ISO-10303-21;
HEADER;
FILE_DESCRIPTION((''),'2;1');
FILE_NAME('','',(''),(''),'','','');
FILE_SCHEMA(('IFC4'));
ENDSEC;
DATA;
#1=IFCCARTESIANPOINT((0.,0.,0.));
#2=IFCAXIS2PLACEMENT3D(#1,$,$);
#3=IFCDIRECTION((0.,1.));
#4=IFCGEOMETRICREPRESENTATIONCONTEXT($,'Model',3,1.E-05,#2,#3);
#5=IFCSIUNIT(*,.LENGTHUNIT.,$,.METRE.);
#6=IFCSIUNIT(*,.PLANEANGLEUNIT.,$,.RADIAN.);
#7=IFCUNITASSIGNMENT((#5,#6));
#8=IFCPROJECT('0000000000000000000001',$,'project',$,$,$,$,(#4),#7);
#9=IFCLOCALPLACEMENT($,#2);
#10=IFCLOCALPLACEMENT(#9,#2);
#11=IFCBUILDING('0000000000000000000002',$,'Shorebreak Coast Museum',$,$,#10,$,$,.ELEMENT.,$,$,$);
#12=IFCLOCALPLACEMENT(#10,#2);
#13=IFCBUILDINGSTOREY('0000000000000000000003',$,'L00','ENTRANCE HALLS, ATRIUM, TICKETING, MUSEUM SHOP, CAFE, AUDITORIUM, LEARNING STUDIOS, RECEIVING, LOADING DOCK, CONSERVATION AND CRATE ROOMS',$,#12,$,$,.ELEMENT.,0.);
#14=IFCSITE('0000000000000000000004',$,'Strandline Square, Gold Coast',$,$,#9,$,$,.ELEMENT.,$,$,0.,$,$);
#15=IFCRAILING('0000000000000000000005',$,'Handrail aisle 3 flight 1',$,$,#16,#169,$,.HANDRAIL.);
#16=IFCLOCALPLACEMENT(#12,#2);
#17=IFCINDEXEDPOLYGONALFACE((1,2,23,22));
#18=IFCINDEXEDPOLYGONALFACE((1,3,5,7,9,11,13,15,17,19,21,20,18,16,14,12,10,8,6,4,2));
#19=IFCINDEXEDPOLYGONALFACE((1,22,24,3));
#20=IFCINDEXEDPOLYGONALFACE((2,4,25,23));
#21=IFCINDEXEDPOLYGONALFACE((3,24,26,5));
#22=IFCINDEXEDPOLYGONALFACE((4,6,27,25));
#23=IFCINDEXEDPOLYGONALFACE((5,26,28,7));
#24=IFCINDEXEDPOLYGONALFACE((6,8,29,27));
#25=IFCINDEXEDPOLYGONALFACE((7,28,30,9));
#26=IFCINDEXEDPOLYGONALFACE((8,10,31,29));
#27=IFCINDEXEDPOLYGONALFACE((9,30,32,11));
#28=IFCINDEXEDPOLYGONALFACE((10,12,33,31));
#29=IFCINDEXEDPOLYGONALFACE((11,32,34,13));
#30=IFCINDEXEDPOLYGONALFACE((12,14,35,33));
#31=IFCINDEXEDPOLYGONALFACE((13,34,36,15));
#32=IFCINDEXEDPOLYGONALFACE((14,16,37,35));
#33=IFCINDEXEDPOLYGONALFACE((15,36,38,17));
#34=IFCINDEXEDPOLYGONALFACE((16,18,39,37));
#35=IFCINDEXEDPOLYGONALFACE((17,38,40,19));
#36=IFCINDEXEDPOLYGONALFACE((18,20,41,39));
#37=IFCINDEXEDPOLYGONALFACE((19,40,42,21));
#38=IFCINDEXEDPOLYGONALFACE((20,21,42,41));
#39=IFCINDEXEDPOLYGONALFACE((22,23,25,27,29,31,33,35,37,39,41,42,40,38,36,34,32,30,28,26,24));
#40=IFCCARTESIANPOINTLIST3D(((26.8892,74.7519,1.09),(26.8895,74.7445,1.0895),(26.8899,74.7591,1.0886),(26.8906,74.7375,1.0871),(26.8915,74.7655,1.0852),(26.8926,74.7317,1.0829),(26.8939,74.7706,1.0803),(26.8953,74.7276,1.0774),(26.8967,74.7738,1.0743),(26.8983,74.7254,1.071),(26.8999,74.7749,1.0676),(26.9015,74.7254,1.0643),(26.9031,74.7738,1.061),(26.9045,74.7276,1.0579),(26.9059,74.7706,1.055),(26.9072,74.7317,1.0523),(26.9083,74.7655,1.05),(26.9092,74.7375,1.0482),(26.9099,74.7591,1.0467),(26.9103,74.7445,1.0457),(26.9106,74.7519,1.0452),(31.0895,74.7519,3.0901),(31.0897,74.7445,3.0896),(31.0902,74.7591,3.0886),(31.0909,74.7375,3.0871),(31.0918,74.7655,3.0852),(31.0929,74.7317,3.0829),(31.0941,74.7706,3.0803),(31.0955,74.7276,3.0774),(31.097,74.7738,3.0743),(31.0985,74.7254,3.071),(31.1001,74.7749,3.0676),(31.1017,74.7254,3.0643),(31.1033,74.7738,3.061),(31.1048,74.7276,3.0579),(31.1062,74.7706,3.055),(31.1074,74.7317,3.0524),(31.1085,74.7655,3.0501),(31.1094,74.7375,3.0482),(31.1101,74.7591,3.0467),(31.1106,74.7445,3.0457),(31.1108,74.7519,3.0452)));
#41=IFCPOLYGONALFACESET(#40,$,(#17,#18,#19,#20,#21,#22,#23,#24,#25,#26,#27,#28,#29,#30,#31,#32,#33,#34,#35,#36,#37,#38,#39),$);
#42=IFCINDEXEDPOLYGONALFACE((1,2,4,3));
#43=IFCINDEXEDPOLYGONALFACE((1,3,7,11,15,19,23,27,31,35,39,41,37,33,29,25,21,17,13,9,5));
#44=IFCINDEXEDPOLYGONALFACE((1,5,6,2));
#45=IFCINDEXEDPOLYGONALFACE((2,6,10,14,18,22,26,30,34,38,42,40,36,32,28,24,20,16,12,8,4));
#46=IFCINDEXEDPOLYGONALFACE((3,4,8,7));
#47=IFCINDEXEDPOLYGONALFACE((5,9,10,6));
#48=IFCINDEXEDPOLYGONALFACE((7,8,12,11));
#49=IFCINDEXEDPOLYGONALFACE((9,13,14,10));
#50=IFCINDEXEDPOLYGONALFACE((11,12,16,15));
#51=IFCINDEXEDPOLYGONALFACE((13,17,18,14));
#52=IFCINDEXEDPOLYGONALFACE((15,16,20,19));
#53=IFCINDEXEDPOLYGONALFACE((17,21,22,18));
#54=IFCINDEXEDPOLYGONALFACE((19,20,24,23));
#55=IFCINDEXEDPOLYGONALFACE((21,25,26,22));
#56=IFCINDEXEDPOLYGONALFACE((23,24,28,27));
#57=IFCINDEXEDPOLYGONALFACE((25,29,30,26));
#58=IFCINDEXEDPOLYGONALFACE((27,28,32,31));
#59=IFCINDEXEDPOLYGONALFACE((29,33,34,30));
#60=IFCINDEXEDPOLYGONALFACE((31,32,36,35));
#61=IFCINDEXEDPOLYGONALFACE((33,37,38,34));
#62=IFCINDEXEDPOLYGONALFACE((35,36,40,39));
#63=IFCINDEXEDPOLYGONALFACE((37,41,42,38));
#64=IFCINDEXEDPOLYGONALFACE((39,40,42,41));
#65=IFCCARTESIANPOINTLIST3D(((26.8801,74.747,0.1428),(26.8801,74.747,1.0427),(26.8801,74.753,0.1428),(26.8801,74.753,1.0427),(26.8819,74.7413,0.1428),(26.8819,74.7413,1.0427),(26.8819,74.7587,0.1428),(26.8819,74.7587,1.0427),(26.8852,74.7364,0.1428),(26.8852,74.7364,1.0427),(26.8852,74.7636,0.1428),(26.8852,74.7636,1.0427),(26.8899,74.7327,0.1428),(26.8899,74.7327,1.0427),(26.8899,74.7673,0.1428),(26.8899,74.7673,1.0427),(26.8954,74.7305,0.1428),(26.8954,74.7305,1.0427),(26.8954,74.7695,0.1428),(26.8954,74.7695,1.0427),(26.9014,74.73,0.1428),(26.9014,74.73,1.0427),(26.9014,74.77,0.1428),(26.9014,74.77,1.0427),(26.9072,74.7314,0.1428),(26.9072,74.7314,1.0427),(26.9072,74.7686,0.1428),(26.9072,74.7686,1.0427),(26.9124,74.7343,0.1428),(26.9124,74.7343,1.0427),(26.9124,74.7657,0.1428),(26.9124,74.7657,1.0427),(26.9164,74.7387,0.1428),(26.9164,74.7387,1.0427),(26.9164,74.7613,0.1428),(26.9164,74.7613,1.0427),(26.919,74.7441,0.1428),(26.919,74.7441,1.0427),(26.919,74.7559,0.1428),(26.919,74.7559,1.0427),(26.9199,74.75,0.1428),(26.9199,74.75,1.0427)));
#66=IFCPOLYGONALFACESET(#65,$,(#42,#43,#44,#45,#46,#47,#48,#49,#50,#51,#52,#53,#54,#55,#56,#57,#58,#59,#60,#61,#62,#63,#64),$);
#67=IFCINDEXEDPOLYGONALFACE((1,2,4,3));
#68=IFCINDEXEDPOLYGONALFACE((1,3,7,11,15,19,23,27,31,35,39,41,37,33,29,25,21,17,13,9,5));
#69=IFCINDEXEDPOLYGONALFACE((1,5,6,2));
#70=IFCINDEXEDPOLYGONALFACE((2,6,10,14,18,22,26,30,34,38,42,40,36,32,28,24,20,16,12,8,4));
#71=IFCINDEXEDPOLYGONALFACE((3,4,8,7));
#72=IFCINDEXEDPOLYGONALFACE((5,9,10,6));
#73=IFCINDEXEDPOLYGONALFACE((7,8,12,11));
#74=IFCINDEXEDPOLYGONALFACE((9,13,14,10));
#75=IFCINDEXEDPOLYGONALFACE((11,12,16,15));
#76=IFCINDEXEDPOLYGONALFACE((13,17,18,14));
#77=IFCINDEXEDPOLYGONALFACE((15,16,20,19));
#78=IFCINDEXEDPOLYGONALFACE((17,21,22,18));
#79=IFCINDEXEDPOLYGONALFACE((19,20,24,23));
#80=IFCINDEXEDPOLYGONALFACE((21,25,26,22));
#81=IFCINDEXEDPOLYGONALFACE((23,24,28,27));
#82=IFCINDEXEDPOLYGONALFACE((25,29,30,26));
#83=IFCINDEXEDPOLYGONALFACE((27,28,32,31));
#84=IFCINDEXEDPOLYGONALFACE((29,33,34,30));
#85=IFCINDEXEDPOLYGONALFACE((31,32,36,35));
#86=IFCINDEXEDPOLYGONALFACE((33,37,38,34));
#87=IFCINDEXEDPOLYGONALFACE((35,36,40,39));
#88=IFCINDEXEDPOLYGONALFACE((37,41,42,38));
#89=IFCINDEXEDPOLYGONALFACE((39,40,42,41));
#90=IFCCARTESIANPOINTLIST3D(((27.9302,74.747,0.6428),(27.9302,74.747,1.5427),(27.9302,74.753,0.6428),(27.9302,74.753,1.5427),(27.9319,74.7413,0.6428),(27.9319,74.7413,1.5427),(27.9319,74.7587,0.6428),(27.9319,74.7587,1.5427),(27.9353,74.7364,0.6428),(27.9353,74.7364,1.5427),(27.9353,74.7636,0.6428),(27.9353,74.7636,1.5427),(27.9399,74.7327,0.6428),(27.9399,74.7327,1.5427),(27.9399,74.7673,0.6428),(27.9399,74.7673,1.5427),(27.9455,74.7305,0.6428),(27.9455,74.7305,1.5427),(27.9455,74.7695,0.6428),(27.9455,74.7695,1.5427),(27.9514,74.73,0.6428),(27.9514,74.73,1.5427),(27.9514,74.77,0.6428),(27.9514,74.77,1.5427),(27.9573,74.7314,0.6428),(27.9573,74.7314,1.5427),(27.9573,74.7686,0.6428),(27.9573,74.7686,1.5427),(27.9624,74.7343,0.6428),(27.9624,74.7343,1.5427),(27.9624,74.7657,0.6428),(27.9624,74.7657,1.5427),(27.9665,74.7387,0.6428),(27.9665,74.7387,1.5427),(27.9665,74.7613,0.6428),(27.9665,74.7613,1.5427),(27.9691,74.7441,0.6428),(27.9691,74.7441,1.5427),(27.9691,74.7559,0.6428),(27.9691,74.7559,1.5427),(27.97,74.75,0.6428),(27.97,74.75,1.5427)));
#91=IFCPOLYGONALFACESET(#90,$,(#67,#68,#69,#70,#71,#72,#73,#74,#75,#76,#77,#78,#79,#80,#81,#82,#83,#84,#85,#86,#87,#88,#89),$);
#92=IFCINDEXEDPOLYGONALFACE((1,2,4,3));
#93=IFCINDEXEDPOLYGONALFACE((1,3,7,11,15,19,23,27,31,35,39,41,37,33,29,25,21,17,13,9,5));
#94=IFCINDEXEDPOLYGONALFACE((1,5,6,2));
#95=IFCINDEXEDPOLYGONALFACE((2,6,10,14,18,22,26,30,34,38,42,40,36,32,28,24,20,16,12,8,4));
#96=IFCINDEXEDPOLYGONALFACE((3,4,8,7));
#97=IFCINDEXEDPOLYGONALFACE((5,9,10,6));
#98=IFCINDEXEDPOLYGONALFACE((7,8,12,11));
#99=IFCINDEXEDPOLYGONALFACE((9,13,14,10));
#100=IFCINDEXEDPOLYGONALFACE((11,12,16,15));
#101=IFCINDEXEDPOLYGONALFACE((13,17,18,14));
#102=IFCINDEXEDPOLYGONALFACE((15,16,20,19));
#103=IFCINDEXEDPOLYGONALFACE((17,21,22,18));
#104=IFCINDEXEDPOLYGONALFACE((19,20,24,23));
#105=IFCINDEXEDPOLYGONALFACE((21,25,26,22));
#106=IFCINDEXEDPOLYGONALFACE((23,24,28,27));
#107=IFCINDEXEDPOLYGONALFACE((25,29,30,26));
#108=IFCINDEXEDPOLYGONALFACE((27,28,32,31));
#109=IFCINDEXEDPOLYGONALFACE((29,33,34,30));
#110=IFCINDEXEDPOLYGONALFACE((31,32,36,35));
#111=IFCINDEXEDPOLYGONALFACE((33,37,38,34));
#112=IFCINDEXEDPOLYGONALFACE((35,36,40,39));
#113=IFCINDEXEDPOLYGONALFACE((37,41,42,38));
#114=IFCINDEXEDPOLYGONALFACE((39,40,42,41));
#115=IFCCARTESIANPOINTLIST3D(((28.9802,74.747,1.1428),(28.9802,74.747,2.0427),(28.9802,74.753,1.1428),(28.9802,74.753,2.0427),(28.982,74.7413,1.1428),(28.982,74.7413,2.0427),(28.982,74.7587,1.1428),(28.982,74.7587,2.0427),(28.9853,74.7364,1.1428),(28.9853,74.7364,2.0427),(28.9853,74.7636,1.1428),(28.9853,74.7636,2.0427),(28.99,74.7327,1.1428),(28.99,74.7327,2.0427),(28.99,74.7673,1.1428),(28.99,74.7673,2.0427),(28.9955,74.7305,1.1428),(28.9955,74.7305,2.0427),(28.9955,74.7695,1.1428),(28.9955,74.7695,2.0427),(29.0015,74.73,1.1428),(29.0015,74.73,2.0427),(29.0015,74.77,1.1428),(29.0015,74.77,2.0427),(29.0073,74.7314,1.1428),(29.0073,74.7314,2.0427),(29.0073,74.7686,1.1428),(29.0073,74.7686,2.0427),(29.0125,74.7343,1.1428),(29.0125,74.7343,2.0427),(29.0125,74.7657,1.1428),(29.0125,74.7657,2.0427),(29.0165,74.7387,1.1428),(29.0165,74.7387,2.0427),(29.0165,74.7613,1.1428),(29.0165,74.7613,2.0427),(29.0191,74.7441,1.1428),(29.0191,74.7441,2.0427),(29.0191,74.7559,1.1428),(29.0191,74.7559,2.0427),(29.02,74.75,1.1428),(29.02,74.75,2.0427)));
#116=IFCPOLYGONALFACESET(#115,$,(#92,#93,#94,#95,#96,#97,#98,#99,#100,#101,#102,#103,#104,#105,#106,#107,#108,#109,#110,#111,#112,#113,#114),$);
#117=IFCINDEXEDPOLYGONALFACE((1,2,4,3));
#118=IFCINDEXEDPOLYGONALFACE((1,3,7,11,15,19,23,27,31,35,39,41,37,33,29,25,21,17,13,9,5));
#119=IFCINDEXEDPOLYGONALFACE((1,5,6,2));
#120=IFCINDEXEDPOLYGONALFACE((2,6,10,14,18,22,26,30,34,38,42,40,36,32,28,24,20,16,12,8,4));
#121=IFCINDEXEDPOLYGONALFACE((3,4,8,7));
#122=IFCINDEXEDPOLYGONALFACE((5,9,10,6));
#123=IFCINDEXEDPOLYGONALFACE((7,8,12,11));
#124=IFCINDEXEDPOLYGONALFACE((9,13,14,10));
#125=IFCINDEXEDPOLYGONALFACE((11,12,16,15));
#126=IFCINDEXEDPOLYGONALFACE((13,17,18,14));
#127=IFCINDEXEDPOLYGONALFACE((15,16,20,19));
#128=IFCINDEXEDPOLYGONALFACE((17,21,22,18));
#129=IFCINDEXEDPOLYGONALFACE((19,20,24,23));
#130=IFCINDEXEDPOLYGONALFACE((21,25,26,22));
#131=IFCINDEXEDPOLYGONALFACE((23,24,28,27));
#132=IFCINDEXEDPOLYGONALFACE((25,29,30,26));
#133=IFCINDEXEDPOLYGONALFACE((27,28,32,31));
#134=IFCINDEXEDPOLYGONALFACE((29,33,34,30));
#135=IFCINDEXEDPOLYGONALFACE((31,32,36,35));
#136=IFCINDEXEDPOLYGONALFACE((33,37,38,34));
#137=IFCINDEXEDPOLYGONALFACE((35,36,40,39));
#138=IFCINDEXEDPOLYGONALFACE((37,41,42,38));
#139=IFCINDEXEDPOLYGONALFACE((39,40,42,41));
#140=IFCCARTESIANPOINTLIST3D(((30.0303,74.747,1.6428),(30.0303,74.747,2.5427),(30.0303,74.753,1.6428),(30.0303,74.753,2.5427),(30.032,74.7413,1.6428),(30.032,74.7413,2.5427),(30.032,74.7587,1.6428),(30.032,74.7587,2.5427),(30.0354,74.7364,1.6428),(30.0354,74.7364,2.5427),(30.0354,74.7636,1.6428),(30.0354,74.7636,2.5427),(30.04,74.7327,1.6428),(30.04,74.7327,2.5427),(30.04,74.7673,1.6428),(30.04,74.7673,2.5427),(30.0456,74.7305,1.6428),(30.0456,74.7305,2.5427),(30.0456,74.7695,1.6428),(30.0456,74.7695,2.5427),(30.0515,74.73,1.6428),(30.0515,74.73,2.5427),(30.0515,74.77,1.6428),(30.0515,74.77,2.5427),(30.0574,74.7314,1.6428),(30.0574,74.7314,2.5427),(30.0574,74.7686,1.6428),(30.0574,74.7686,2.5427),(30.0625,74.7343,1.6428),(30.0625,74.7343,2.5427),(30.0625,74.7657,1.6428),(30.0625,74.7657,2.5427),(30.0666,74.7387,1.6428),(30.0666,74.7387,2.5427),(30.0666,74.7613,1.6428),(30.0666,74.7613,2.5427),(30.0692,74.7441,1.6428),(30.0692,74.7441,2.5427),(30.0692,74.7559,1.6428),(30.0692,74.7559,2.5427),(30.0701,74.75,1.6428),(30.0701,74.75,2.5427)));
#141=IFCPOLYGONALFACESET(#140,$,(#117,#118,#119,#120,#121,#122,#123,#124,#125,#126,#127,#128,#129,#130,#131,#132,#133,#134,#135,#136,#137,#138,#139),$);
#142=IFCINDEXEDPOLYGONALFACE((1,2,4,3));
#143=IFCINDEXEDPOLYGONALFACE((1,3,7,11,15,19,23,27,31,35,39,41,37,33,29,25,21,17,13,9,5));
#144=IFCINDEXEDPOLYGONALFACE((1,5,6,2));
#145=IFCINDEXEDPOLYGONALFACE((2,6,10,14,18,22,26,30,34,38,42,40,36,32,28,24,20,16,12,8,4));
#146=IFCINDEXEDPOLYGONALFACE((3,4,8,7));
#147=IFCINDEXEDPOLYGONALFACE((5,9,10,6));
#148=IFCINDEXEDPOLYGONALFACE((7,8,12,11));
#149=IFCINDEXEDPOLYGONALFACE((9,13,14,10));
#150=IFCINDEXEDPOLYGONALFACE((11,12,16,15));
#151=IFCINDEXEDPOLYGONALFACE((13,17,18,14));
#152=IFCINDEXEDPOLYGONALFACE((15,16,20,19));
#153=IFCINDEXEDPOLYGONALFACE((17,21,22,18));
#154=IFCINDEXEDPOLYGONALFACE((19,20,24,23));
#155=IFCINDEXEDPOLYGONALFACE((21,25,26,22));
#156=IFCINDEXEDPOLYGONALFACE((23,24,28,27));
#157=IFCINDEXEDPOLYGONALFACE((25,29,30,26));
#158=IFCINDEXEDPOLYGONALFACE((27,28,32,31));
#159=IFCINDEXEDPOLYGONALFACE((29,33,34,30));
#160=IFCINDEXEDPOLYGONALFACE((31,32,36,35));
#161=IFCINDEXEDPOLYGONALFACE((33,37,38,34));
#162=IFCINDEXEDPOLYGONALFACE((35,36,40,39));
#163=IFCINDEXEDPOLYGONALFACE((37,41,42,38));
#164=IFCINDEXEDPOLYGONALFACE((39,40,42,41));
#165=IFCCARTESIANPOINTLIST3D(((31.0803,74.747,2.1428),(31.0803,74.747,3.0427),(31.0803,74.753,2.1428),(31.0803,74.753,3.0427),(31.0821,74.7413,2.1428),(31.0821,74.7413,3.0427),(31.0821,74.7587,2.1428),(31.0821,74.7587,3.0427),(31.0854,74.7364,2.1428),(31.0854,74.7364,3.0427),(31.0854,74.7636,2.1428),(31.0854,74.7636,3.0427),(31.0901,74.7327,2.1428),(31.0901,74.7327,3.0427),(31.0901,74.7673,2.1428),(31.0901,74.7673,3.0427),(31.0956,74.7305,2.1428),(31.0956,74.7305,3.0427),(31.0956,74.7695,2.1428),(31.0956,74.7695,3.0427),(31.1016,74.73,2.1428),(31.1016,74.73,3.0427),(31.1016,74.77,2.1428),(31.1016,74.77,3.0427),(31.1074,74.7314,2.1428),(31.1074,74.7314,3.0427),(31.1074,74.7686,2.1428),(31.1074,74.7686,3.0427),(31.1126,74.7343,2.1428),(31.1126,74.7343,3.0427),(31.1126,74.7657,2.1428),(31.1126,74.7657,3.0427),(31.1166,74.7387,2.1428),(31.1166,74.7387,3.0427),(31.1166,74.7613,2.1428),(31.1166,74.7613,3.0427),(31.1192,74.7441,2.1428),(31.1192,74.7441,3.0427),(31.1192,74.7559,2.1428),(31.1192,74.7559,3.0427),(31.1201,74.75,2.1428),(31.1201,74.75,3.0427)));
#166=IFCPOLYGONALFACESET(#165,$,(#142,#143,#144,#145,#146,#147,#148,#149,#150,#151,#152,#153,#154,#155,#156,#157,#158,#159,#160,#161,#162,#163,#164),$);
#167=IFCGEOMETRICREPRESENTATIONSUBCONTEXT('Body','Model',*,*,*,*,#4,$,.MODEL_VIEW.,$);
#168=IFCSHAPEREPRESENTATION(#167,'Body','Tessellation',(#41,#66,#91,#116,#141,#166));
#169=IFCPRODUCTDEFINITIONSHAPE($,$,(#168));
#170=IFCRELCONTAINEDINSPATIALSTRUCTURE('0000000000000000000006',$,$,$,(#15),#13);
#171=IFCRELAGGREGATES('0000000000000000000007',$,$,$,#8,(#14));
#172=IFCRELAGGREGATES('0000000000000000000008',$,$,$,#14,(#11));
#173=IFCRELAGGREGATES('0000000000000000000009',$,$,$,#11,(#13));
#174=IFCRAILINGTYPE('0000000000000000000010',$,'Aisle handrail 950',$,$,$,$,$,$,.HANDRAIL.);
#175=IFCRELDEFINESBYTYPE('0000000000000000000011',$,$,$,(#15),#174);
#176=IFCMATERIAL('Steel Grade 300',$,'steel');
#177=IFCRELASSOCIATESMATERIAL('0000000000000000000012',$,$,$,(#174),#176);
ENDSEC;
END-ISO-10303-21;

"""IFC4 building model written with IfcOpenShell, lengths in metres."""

from ifc_helpers import new_model, si_unit, direction, frame, origin, origin_2d, place, context, subcontext, project, spatial, circle, extrude, material, type_object, element, save


model = new_model("IFC4")

# Units and contexts
model_context = context("Model", 3, precision=1e-05, world=origin(), true_north=direction((0.0, 1.0)))
body_context = subcontext(model_context, "Body", "Model", "MODEL_VIEW")
ifc_project = project(units=[si_unit("LENGTHUNIT", "METRE"), si_unit("PLANEANGLEUNIT", "RADIAN")], contexts=[model_context])

# Site, building, storey
site_placement = place(None, origin())
site = spatial("IfcSite", under=ifc_project, at=site_placement, Name="Strandline Square, Gold Coast", CompositionType="ELEMENT", RefElevation=0.0)
building_placement = place(site_placement, origin())
building = spatial("IfcBuilding", under=site, at=building_placement, Name="Shorebreak Coast Museum", CompositionType="ELEMENT")
storey_placement = place(building_placement, origin())
storey = spatial("IfcBuildingStorey", under=building, at=storey_placement, Name="L00", Description="ENTRANCE HALLS, ATRIUM, TICKETING, MUSEUM SHOP, CAFE, AUDITORIUM, LEARNING STUDIOS, RECEIVING, LOADING DOCK, CONSERVATION AND CRATE ROOMS", CompositionType="ELEMENT", Elevation=0.0)

# Railing
ifc_material_1 = material(Name="Steel Grade 300", Category="steel")
railing_type = type_object("IfcRailingType", Name="Aisle handrail 950", PredefinedType="HANDRAIL", material=ifc_material_1)
for number, where, name in (
    (1, (26.8999, 74.75, 0.1428), "Handrail aisle 3 flight 1"),
):
    element("IfcRailing", number, at=place(storey_placement, frame(where)), inside=storey, type_object=railing_type, Name=name, PredefinedType="HANDRAIL", context=body_context, shape_type="SweptSolid", body=[
        extrude(circle(Radius=0.0249, at=origin_2d()), frame((0.0, 0.0, 0.9248), z_axis=(0.902868, 0.0, 0.429917), x_axis=(0.0, 1.0, 0.0)), (0.0, 0.0, 1.0), 4.6521),
        extrude(circle(Radius=0.02, at=origin_2d()), origin(), (0.0, 0.0, 1.0), 0.8999),
        extrude(circle(Radius=0.02, at=origin_2d()), frame((1.05, 0.0, 0.5)), (0.0, 0.0, 1.0), 0.8999),
        extrude(circle(Radius=0.02, at=origin_2d()), frame((2.1001, 0.0, 1.0)), (0.0, 0.0, 1.0), 0.8999),
        extrude(circle(Radius=0.02, at=origin_2d()), frame((3.1501, 0.0, 1.5)), (0.0, 0.0, 1.0), 0.8999),
        extrude(circle(Radius=0.02, at=origin_2d()), frame((4.2002, 0.0, 2.0)), (0.0, 0.0, 1.0), 0.8999),
    ])

save(model, "model.ifc")
